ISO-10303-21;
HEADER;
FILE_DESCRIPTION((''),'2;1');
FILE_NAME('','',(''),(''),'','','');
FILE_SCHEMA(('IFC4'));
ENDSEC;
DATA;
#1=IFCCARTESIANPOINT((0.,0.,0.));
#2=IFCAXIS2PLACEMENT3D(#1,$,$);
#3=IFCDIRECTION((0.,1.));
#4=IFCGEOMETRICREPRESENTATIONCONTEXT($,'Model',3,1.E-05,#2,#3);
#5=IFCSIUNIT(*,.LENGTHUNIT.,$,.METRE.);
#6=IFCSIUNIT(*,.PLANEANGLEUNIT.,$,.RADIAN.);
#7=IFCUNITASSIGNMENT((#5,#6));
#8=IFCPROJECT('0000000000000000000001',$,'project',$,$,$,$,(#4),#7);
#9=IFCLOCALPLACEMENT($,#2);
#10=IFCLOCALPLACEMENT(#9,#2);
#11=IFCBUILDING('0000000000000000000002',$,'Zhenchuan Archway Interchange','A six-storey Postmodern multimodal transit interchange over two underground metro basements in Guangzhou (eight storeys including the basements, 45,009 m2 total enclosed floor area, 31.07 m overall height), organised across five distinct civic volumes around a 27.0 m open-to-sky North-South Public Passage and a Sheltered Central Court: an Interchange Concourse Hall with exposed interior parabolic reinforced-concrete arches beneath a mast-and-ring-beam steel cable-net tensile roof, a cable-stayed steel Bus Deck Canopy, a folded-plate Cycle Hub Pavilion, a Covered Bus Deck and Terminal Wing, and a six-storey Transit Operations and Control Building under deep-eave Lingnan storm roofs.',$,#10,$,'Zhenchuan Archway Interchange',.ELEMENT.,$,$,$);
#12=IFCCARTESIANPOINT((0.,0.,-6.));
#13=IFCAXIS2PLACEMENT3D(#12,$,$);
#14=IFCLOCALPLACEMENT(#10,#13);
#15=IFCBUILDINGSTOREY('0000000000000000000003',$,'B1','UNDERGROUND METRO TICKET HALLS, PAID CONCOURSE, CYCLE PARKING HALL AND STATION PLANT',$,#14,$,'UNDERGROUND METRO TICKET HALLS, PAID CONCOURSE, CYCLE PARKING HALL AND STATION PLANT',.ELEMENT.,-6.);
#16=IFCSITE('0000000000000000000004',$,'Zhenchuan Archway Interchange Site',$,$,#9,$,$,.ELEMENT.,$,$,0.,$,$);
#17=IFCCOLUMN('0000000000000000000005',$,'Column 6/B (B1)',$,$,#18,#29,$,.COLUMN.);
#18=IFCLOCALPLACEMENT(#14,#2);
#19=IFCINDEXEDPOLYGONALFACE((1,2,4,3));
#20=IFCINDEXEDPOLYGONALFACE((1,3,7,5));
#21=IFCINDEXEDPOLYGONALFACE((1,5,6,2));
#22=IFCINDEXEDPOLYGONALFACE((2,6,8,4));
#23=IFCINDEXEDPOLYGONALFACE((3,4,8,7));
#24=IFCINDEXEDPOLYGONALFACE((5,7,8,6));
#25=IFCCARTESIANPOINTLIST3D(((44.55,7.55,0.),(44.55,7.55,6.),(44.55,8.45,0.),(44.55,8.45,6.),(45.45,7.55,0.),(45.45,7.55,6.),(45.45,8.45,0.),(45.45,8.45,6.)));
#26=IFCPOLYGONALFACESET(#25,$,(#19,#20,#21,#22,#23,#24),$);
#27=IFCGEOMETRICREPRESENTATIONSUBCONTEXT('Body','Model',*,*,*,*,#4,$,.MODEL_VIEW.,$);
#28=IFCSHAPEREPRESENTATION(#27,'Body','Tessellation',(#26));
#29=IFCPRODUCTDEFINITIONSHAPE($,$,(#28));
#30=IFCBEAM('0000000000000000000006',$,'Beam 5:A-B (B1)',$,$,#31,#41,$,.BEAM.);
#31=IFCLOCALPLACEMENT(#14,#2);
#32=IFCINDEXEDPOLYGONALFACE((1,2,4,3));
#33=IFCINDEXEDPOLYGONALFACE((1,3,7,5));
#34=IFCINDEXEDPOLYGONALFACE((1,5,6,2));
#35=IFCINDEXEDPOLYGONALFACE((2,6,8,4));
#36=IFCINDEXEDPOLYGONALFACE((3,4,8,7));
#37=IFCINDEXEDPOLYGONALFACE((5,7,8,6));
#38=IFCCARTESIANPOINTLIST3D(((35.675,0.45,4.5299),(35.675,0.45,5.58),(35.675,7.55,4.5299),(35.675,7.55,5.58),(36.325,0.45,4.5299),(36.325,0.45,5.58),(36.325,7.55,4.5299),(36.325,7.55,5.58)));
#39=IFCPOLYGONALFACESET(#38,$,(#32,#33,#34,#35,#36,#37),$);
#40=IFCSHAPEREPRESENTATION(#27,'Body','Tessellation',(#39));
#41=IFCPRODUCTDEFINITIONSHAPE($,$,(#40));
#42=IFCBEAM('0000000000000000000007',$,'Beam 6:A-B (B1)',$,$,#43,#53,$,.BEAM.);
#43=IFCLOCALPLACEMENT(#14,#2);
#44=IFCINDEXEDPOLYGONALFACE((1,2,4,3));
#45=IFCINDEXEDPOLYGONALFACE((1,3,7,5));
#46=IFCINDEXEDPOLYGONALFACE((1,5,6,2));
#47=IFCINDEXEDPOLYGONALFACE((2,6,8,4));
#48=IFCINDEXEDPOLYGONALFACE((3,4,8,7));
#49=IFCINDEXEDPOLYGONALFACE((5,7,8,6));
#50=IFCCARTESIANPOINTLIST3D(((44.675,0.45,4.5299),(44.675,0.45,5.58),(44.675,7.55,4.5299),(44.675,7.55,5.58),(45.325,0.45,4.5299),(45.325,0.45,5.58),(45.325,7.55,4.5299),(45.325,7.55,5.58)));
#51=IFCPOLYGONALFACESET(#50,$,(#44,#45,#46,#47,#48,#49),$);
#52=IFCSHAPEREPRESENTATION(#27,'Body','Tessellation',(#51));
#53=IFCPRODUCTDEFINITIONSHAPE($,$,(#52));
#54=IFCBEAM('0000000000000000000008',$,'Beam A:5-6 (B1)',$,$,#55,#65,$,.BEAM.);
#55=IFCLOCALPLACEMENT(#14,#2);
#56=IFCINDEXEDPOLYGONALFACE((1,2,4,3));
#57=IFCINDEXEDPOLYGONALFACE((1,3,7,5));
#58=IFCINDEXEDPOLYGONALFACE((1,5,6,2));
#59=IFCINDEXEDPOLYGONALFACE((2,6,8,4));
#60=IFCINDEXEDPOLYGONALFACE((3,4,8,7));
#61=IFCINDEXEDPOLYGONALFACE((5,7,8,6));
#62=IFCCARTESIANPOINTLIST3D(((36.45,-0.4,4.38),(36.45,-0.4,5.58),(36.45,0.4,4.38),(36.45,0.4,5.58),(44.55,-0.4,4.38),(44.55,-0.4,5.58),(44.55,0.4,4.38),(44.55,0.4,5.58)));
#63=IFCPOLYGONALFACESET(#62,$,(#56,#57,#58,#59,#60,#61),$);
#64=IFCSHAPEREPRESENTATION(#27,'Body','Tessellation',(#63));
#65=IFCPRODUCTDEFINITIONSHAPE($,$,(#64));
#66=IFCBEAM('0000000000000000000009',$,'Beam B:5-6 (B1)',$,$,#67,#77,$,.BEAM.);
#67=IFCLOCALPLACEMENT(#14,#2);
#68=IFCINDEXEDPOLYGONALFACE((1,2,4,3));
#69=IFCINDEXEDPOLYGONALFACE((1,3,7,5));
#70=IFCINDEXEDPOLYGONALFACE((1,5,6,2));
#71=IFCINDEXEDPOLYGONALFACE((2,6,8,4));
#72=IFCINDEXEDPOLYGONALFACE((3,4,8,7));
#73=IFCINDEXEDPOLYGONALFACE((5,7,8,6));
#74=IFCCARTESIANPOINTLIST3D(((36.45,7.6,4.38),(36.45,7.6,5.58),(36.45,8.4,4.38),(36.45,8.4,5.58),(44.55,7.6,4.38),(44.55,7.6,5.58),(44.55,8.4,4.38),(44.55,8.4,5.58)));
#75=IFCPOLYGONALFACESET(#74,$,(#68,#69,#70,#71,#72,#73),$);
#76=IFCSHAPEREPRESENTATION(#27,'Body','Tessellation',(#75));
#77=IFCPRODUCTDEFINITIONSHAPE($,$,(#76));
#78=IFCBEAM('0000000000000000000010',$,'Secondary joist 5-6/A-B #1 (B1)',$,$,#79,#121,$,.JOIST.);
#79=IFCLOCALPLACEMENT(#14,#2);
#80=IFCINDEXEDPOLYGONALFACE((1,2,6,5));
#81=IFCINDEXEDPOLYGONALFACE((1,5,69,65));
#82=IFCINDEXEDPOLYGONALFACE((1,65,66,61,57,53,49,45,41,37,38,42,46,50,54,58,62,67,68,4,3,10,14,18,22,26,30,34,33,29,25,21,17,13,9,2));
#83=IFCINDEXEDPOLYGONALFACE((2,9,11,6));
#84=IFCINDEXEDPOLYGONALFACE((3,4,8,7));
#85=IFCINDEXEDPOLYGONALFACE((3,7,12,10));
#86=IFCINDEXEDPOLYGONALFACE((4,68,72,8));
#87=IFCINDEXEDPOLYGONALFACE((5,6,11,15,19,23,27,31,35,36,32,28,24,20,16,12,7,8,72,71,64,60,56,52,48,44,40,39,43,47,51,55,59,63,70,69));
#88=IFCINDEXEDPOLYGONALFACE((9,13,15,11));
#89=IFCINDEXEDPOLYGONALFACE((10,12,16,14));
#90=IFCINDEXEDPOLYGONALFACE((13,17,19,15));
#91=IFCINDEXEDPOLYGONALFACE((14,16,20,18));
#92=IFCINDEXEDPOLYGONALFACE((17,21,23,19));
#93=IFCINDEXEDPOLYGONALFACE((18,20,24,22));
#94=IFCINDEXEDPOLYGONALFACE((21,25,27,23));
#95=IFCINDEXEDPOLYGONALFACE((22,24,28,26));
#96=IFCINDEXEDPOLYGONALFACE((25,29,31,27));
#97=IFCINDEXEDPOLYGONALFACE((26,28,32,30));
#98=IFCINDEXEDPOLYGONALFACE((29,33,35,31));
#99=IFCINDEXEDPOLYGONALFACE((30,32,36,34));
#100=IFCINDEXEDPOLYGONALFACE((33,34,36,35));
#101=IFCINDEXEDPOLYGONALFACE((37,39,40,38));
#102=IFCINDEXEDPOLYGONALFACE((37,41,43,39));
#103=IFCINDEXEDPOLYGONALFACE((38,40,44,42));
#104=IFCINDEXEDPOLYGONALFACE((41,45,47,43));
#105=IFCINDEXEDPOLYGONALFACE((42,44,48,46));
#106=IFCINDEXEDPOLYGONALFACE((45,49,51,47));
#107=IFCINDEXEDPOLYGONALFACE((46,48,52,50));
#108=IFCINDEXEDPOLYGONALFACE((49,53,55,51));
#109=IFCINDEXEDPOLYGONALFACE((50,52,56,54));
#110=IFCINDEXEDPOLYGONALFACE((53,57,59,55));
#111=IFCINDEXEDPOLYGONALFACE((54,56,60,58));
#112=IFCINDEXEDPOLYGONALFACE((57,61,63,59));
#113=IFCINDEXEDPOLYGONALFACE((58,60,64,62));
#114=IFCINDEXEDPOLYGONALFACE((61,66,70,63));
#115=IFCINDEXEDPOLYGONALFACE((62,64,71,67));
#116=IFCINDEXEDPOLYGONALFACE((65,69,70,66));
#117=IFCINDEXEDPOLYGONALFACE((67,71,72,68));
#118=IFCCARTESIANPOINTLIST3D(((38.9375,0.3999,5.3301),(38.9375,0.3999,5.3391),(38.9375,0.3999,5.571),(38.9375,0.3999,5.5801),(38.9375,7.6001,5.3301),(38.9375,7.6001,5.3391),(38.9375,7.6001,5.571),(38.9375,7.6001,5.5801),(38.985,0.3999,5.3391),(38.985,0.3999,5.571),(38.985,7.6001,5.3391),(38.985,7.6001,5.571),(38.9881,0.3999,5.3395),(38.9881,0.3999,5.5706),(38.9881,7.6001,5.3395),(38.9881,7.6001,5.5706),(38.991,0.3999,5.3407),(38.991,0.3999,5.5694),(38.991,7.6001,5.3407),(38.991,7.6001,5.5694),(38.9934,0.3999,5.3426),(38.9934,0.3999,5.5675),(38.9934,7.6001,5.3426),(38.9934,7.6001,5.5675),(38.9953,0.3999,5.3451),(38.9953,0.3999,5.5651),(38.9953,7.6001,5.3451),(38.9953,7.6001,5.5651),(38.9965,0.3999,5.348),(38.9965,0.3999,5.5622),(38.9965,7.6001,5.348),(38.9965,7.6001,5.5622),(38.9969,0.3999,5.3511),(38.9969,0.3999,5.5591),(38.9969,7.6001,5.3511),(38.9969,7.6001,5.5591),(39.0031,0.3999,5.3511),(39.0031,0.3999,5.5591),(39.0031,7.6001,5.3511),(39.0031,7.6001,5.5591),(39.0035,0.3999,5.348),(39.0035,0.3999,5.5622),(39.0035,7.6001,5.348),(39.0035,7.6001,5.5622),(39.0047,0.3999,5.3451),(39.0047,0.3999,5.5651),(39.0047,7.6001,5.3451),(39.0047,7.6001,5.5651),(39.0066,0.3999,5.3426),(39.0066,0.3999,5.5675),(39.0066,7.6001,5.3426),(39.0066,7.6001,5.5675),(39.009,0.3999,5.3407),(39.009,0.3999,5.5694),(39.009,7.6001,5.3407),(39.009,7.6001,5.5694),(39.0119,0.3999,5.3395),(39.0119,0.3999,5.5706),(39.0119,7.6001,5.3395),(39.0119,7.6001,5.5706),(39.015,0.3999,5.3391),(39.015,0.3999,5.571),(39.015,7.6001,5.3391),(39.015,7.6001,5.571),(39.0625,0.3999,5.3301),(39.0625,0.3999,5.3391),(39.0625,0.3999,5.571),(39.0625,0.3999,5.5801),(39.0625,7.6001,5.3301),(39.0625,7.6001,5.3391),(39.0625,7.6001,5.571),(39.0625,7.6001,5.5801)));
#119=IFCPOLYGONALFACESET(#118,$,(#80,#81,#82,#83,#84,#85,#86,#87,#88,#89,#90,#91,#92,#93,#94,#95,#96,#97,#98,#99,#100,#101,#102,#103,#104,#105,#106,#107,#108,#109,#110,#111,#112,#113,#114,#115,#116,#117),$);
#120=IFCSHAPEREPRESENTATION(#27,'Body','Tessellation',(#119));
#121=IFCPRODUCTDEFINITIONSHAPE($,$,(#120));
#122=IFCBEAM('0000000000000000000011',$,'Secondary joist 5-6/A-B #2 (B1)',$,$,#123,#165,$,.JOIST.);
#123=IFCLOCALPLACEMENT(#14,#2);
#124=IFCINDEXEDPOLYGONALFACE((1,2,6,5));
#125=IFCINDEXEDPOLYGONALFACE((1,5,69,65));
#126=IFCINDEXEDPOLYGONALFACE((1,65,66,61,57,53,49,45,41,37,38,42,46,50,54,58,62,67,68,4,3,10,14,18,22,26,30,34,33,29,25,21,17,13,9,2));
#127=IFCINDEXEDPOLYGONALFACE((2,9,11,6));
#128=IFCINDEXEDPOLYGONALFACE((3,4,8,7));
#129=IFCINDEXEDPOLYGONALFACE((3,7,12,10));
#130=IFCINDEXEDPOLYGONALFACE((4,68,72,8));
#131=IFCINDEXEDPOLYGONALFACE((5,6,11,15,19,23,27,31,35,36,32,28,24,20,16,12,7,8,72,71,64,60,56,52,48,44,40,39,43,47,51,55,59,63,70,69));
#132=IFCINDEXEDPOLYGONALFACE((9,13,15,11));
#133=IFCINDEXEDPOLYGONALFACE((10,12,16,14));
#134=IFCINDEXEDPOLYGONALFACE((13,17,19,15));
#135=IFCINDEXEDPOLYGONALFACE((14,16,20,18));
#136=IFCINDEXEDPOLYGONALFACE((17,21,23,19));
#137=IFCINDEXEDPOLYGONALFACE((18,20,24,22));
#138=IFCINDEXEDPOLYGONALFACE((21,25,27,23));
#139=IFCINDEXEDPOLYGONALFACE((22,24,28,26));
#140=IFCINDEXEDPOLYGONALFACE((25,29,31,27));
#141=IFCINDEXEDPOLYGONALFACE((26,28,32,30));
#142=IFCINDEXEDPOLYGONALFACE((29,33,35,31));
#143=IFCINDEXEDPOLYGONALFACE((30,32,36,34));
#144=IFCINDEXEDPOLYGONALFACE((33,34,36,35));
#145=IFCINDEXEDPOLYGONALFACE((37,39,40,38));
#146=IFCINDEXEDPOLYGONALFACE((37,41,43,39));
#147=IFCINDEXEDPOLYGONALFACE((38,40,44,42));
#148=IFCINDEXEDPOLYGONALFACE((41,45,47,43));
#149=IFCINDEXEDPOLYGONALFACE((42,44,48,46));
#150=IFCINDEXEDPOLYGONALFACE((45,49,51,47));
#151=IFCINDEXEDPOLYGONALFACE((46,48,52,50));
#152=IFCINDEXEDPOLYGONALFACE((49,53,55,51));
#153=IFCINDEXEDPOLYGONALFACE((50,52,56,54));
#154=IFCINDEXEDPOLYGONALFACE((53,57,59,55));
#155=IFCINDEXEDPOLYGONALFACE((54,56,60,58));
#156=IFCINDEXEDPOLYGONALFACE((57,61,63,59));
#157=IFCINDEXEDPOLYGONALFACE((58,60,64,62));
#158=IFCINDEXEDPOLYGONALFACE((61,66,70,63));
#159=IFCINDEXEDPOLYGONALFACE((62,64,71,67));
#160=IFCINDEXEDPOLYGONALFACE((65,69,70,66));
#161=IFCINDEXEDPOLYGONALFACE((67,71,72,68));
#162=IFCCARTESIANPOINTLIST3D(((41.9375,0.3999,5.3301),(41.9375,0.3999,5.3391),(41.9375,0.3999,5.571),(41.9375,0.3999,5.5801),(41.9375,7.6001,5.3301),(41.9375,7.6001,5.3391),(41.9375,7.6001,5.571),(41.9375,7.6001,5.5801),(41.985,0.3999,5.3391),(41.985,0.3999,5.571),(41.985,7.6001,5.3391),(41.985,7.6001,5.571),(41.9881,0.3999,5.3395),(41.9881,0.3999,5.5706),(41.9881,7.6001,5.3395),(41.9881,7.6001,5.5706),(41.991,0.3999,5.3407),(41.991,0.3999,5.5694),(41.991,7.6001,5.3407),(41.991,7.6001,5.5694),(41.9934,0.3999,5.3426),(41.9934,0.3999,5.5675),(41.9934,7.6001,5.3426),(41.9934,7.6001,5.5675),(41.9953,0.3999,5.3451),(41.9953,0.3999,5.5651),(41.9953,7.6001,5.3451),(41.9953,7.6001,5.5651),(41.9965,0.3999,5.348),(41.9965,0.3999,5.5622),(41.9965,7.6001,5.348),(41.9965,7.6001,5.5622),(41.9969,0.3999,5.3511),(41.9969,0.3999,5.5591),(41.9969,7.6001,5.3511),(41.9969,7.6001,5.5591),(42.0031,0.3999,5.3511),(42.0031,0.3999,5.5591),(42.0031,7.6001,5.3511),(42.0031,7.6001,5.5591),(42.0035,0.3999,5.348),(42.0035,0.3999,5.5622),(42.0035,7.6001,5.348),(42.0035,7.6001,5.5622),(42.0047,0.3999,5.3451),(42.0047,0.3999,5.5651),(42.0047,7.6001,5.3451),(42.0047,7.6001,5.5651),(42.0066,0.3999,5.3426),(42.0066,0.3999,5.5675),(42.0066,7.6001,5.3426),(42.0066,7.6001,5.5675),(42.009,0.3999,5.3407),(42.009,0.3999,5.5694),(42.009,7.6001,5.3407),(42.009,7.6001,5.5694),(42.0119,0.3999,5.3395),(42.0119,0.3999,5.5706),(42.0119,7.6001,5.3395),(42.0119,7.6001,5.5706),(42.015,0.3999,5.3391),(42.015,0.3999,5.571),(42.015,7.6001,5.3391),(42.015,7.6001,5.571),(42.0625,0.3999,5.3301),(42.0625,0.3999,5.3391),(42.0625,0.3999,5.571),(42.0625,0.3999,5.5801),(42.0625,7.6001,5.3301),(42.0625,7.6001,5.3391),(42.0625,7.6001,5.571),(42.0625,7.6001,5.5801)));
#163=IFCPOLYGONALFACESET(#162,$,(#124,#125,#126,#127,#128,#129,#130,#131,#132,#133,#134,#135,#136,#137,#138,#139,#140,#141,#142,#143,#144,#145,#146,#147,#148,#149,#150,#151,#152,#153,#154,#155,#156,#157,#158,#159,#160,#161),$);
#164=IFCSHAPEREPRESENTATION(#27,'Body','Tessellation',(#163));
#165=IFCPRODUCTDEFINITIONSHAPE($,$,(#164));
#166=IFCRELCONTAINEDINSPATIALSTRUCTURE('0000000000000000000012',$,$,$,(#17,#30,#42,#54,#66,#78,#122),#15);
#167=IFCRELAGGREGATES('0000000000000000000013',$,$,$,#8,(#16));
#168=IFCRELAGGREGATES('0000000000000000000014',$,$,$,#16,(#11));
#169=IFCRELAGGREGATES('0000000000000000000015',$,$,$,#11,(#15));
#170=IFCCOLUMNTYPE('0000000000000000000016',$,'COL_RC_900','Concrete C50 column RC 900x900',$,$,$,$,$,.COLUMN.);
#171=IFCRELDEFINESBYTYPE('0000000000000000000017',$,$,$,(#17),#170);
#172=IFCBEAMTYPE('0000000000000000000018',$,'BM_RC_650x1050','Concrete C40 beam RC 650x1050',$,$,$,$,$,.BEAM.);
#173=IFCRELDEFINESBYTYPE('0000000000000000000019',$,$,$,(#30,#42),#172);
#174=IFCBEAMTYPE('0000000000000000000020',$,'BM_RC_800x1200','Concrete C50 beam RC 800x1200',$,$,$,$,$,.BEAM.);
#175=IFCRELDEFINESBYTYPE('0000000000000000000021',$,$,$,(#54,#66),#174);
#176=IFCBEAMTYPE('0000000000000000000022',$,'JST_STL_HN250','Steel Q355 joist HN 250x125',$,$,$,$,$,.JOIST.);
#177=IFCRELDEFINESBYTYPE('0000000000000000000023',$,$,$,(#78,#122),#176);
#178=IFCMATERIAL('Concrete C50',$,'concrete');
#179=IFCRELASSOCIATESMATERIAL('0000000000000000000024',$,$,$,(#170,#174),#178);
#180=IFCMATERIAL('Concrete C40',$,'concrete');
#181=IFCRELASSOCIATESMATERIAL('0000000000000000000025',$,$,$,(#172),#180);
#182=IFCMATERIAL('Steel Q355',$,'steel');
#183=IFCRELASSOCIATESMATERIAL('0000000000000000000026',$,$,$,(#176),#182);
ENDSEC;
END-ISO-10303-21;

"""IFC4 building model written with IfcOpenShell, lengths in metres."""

from ifc_helpers import new_model, si_unit, direction, frame, origin, origin_2d, place, context, subcontext, project, spatial, rectangle, i_section, extrude, material, material_profile, profile_set, type_object, element, save


model = new_model("IFC4")

# Units and contexts
model_context = context("Model", 3, precision=1e-05, world=origin(), true_north=direction((0.0, 1.0)))
body_context = subcontext(model_context, "Body", "Model", "MODEL_VIEW")
ifc_project = project(units=[si_unit("LENGTHUNIT", "METRE"), si_unit("PLANEANGLEUNIT", "RADIAN")], contexts=[model_context])

# Site, building, storey
site_placement = place(None, origin())
site = spatial("IfcSite", under=ifc_project, at=site_placement, Name="Zhenchuan Archway Interchange Site", CompositionType="ELEMENT", RefElevation=0.0)
building_placement = place(site_placement, origin())
building = spatial("IfcBuilding", under=site, at=building_placement, Name="Zhenchuan Archway Interchange", Description="A six-storey Postmodern multimodal transit interchange over two underground metro basements in Guangzhou (eight storeys including the basements, 45,009 m2 total enclosed floor area, 31.07 m overall height), organised across five distinct civic volumes around a 27.0 m open-to-sky North-South Public Passage and a Sheltered Central Court: an Interchange Concourse Hall with exposed interior parabolic reinforced-concrete arches beneath a mast-and-ring-beam steel cable-net tensile roof, a cable-stayed steel Bus Deck Canopy, a folded-plate Cycle Hub Pavilion, a Covered Bus Deck and Terminal Wing, and a six-storey Transit Operations and Control Building under deep-eave Lingnan storm roofs.", LongName="Zhenchuan Archway Interchange", CompositionType="ELEMENT")
storey_placement = place(building_placement, frame((0.0, 0.0, -6.0)))
storey = spatial("IfcBuildingStorey", under=building, at=storey_placement, Name="B1", Description="UNDERGROUND METRO TICKET HALLS, PAID CONCOURSE, CYCLE PARKING HALL AND STATION PLANT", LongName="UNDERGROUND METRO TICKET HALLS, PAID CONCOURSE, CYCLE PARKING HALL AND STATION PLANT", CompositionType="ELEMENT", Elevation=-6.0)

# Shared definitions
ifc_material_1 = material(Name="Concrete C40", Category="concrete")

# Column
ifc_material_2 = material(Name="Concrete C50", Category="concrete")
ifc_material_profile_1 = material_profile(ifc_material_2, rectangle(XDim=0.8999, YDim=0.8999, at=origin_2d()), Name="RC 900x900")
ifc_profile_set_1 = profile_set([ifc_material_profile_1], Name="Concrete C50")
column_type = type_object("IfcColumnType", Name="COL_RC_900", Description="Concrete C50 column RC 900x900", PredefinedType="COLUMN", material=ifc_profile_set_1)
for number, where, z_axis, x_axis, name in (
    (1, (45.0, 8.0, 0.0), (0.0, 0.0, 1.0), (1.0, 0.0, 0.0), "Column 6/B (B1)"),
):
    element("IfcColumn", number, at=place(storey_placement, frame(where, z_axis=z_axis, x_axis=x_axis)), inside=storey, type_object=column_type, Name=name, PredefinedType="COLUMN", context=body_context, shape_type="SweptSolid", body=[
        extrude(rectangle(XDim=0.8999, YDim=0.8999, at=origin_2d()), origin(), (0.0, 0.0, 1.0), 6.0),
    ])

# Beams
ifc_material_profile_2 = material_profile(ifc_material_1, rectangle(XDim=0.6499, YDim=1.05, at=origin_2d()), Name="RC 650x1050")
ifc_profile_set_2 = profile_set([ifc_material_profile_2], Name="Concrete C40")
beam_type_1 = type_object("IfcBeamType", Name="BM_RC_650x1050", Description="Concrete C40 beam RC 650x1050", PredefinedType="BEAM", material=ifc_profile_set_2)
for number, where, z_axis, x_axis, name in (
    (2, (36.0, 0.45, 5.0549), (0.0, 1.0, 0.0), (-1.0, 0.0, 0.0), "Beam 5:A-B (B1)"),
    (3, (45.0, 0.45, 5.0549), (0.0, 1.0, 0.0), (-1.0, 0.0, 0.0), "Beam 6:A-B (B1)"),
):
    element("IfcBeam", number, at=place(storey_placement, frame(where, z_axis=z_axis, x_axis=x_axis)), inside=storey, type_object=beam_type_1, Name=name, PredefinedType="BEAM", context=body_context, shape_type="SweptSolid", body=[
        extrude(rectangle(XDim=0.6499, YDim=1.05, at=origin_2d()), origin(), (0.0, 0.0, 1.0), 7.1001),
    ])
ifc_material_profile_3 = material_profile(ifc_material_2, rectangle(XDim=0.8, YDim=1.2, at=origin_2d()), Name="RC 800x1200")
ifc_profile_set_3 = profile_set([ifc_material_profile_3], Name="Concrete C50")
beam_type_2 = type_object("IfcBeamType", Name="BM_RC_800x1200", Description="Concrete C50 beam RC 800x1200", PredefinedType="BEAM", material=ifc_profile_set_3)
for number, where, z_axis, x_axis, name in (
    (4, (36.45, 0.0, 4.98), (1.0, 0.0, 0.0), (0.0, 1.0, 0.0), "Beam A:5-6 (B1)"),
    (5, (36.45, 8.0, 4.98), (1.0, 0.0, 0.0), (0.0, 1.0, 0.0), "Beam B:5-6 (B1)"),
):
    element("IfcBeam", number, at=place(storey_placement, frame(where, z_axis=z_axis, x_axis=x_axis)), inside=storey, type_object=beam_type_2, Name=name, PredefinedType="BEAM", context=body_context, shape_type="SweptSolid", body=[
        extrude(rectangle(XDim=0.8, YDim=1.2, at=origin_2d()), origin(), (0.0, 0.0, 1.0), 8.1001),
    ])
ifc_material_3 = material(Name="Steel Q355", Category="steel")
ifc_material_profile_4 = material_profile(ifc_material_3, i_section(OverallWidth=0.125, OverallDepth=0.25, WebThickness=0.0061, FlangeThickness=0.009, FilletRadius=0.012, at=origin_2d()), Name="HN 250x125")
ifc_profile_set_4 = profile_set([ifc_material_profile_4], Name="Steel Q355")
beam_type_3 = type_object("IfcBeamType", Name="JST_STL_HN250", Description="Steel Q355 joist HN 250x125", PredefinedType="JOIST", material=ifc_profile_set_4)
for number, where, z_axis, x_axis, name in (
    (6, (39.0, 0.3999, 5.4551), (0.0, 1.0, 0.0), (-1.0, 0.0, 0.0), "Secondary joist 5-6/A-B #1 (B1)"),
    (7, (42.0, 0.3999, 5.4551), (0.0, 1.0, 0.0), (-1.0, 0.0, 0.0), "Secondary joist 5-6/A-B #2 (B1)"),
):
    element("IfcBeam", number, at=place(storey_placement, frame(where, z_axis=z_axis, x_axis=x_axis)), inside=storey, type_object=beam_type_3, Name=name, PredefinedType="JOIST", context=body_context, shape_type="SweptSolid", body=[
        extrude(i_section(OverallWidth=0.125, OverallDepth=0.25, WebThickness=0.0061, FlangeThickness=0.009, FilletRadius=0.012, at=origin_2d()), origin(), (0.0, 0.0, 1.0), 7.2002),
    ])

save(model, "model.ifc")
